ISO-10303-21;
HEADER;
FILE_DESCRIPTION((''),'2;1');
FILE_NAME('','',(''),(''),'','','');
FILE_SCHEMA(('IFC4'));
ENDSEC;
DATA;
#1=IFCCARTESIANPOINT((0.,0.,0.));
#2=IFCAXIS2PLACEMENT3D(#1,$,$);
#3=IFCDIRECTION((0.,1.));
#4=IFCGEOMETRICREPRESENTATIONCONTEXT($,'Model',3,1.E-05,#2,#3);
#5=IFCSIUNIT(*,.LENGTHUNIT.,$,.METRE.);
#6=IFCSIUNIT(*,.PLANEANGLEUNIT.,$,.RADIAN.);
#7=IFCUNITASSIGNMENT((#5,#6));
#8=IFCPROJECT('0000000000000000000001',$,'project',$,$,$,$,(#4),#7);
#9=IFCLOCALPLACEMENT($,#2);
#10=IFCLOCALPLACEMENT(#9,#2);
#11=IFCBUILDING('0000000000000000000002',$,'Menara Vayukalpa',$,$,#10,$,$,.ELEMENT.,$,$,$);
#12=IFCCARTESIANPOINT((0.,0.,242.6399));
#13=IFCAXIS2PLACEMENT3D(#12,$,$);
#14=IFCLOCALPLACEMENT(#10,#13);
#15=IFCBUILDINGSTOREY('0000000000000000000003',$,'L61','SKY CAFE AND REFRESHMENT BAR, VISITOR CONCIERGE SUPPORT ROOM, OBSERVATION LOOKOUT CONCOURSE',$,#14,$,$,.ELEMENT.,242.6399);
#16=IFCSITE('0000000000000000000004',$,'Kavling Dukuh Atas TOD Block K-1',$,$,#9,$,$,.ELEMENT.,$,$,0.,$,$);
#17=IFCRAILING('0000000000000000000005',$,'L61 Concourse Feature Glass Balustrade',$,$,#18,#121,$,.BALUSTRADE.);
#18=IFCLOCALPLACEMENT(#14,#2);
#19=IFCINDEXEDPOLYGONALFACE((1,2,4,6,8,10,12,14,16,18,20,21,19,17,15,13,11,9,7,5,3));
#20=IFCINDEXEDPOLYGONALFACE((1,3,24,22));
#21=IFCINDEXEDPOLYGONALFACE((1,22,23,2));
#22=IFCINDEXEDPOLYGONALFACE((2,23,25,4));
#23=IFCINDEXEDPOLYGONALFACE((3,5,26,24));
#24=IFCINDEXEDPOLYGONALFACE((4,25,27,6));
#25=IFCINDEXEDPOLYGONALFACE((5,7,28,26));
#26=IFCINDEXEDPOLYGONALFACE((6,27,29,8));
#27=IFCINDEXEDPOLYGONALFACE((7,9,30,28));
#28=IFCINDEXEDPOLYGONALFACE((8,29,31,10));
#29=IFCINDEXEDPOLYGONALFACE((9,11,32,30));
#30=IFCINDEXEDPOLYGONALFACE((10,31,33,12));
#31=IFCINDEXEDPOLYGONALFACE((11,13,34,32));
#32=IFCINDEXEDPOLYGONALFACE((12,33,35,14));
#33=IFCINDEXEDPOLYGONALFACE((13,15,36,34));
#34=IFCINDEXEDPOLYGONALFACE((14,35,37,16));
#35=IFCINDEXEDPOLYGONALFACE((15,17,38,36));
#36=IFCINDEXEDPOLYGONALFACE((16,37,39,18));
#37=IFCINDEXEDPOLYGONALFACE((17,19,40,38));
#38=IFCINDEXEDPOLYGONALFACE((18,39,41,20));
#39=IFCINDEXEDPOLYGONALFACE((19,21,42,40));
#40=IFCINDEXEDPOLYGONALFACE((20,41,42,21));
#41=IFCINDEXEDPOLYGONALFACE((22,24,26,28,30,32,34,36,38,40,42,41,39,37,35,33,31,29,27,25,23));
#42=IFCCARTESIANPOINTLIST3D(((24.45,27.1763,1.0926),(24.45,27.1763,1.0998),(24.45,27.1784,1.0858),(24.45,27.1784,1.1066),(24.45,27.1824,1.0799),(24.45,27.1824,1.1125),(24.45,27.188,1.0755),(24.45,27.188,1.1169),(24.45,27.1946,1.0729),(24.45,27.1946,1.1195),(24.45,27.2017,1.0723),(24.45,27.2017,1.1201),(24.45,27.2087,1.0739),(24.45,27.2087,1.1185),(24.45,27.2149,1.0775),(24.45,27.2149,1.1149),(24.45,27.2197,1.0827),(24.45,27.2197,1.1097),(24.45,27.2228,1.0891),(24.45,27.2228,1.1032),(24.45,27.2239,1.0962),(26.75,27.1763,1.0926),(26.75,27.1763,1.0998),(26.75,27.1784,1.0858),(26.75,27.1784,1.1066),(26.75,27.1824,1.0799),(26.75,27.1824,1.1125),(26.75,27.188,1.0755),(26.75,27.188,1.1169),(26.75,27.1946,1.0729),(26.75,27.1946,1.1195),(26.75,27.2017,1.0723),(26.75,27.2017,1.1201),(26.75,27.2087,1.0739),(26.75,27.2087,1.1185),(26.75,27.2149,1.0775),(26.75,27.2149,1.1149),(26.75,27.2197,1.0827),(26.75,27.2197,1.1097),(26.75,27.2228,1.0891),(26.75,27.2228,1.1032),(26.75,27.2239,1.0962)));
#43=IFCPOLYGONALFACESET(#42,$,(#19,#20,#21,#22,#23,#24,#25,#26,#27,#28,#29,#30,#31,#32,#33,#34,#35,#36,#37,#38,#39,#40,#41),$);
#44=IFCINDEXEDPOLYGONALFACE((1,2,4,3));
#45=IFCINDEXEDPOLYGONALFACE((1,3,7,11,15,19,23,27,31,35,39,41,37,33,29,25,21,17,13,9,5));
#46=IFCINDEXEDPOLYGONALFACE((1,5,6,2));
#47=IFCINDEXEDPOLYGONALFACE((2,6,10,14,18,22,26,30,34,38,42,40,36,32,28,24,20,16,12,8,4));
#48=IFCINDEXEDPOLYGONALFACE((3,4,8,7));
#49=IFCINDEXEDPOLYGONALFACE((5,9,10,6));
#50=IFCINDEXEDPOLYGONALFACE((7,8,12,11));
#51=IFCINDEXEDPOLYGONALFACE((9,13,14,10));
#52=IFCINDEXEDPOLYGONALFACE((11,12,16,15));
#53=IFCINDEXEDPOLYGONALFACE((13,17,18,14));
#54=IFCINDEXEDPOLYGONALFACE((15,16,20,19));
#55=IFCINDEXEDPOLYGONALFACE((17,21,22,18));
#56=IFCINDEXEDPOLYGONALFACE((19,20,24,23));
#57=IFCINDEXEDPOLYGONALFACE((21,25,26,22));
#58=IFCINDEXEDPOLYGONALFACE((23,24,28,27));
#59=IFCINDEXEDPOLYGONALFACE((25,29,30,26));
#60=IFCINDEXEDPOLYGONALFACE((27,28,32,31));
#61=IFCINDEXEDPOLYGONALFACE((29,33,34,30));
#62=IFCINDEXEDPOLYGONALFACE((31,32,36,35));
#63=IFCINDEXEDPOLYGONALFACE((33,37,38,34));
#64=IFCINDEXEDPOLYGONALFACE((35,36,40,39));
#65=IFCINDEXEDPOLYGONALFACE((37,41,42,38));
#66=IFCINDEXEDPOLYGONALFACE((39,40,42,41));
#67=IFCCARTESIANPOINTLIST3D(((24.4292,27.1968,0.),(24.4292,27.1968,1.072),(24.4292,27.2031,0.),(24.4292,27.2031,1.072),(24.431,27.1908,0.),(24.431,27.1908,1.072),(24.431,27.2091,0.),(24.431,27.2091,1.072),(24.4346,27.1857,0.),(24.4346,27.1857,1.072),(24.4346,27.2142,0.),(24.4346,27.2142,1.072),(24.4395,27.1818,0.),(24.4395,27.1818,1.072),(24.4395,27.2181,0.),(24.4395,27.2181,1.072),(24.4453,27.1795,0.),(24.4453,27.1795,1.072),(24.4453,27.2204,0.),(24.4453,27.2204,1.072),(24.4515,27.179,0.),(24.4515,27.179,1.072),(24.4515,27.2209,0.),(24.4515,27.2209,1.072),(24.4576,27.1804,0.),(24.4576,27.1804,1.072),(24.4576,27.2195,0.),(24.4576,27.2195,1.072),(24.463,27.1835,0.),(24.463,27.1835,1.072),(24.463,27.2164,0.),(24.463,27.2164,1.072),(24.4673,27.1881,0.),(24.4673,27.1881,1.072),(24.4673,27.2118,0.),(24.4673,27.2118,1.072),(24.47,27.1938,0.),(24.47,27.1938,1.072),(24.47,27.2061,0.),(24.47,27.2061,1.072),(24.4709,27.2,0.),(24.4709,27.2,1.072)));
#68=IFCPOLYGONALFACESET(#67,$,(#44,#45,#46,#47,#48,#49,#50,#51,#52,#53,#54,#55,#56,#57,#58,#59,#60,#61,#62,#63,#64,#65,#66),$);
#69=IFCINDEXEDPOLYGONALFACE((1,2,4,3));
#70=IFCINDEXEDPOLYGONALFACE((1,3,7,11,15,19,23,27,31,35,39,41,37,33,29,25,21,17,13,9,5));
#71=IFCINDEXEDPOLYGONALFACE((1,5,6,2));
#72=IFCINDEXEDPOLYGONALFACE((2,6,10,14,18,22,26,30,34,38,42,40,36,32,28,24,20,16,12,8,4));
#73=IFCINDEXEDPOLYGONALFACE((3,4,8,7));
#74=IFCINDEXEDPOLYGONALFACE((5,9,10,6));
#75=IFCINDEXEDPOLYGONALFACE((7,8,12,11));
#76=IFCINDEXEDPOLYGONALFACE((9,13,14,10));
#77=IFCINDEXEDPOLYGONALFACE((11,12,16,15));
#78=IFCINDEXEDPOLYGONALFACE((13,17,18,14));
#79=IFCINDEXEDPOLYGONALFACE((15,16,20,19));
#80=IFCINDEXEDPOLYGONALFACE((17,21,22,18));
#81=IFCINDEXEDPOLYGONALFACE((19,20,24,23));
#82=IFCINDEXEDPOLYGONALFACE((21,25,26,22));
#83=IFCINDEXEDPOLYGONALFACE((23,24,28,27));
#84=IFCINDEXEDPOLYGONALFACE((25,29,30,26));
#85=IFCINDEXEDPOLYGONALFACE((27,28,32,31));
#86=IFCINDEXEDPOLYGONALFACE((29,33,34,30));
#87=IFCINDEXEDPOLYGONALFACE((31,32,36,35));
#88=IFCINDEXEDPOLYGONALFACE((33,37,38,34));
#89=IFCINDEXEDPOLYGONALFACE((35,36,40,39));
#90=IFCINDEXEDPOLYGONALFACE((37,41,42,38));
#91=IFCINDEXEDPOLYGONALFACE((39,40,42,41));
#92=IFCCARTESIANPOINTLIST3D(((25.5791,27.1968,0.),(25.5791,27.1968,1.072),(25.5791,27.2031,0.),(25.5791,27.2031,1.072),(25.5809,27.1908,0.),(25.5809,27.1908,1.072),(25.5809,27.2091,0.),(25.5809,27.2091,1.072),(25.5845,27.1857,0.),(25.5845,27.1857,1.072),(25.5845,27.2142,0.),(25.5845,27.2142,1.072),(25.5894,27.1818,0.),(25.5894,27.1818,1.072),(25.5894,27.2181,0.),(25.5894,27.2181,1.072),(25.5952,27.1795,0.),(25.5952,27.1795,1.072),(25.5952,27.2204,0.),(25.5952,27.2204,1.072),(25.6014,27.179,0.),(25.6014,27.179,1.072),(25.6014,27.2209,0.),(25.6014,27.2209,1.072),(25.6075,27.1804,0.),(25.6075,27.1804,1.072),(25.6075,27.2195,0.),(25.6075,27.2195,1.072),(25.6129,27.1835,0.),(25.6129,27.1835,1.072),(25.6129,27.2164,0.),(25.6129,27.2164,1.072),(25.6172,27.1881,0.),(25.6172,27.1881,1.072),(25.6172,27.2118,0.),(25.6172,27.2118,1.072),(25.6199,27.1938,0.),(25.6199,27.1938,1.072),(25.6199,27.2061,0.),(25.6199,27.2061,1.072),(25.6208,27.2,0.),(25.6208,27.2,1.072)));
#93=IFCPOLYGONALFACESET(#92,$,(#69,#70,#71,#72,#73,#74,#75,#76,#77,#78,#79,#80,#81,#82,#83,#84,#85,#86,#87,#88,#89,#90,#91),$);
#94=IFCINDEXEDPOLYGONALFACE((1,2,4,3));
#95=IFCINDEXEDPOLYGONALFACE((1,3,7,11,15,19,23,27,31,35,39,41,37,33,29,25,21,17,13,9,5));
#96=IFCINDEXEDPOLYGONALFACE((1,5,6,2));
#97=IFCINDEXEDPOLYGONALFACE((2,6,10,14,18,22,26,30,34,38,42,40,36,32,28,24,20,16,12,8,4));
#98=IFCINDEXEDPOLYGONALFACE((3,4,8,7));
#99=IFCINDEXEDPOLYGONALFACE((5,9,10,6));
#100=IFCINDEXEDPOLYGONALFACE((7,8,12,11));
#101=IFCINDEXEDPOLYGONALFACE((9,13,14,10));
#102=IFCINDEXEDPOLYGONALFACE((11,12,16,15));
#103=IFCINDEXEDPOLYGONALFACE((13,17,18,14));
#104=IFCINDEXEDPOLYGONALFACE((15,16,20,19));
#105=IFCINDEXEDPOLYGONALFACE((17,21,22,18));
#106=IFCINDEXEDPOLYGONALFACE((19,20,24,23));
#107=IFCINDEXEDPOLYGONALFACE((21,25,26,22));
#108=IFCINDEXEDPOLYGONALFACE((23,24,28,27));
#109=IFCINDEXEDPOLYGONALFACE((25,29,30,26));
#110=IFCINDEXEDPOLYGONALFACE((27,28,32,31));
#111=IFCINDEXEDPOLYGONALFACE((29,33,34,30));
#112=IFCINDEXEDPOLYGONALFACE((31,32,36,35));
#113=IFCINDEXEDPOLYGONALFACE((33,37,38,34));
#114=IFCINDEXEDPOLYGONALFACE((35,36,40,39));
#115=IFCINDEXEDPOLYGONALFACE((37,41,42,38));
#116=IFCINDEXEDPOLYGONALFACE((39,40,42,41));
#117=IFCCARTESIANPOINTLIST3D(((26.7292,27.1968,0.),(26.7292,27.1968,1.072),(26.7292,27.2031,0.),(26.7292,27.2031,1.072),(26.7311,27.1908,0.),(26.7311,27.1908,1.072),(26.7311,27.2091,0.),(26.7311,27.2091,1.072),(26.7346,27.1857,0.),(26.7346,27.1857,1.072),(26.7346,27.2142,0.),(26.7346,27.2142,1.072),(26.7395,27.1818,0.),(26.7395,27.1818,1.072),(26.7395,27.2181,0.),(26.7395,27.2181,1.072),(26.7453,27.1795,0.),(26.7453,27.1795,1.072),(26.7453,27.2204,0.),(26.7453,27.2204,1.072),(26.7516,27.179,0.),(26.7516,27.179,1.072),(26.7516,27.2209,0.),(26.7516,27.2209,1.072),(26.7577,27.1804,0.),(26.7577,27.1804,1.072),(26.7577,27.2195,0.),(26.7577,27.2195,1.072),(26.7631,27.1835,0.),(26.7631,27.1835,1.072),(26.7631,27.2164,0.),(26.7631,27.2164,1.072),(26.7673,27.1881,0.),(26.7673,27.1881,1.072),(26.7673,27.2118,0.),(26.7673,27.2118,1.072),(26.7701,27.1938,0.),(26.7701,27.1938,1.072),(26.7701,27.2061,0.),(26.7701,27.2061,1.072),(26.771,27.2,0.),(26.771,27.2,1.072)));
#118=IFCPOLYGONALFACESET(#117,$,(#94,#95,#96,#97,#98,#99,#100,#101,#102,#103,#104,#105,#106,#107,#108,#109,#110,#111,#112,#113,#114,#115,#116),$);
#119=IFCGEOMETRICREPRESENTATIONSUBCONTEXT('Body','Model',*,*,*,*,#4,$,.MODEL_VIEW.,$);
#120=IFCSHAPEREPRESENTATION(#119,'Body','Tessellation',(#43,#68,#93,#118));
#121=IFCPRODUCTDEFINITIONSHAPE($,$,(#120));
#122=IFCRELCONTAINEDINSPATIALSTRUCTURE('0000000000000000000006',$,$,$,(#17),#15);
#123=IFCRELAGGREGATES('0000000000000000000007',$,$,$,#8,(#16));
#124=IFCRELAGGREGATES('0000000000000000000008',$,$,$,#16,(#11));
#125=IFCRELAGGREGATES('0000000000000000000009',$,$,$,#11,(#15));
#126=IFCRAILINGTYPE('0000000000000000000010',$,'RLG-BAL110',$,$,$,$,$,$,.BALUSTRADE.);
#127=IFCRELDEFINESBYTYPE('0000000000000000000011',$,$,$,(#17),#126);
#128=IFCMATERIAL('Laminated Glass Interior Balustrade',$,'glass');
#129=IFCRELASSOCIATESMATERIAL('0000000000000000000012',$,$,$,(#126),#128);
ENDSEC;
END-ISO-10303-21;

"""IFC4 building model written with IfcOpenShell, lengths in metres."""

from ifc_helpers import new_model, si_unit, direction, frame, origin, origin_2d, place, context, subcontext, project, spatial, circle, extrude, material, type_object, element, save


model = new_model("IFC4")

# Units and contexts
model_context = context("Model", 3, precision=1e-05, world=origin(), true_north=direction((0.0, 1.0)))
body_context = subcontext(model_context, "Body", "Model", "MODEL_VIEW")
ifc_project = project(units=[si_unit("LENGTHUNIT", "METRE"), si_unit("PLANEANGLEUNIT", "RADIAN")], contexts=[model_context])

# Site, building, storey
site_placement = place(None, origin())
site = spatial("IfcSite", under=ifc_project, at=site_placement, Name="Kavling Dukuh Atas TOD Block K-1", CompositionType="ELEMENT", RefElevation=0.0)
building_placement = place(site_placement, origin())
building = spatial("IfcBuilding", under=site, at=building_placement, Name="Menara Vayukalpa", CompositionType="ELEMENT")
storey_placement = place(building_placement, frame((0.0, 0.0, 242.6399)))
storey = spatial("IfcBuildingStorey", under=building, at=storey_placement, Name="L61", Description="SKY CAFE AND REFRESHMENT BAR, VISITOR CONCIERGE SUPPORT ROOM, OBSERVATION LOOKOUT CONCOURSE", CompositionType="ELEMENT", Elevation=242.6399)

# Railing
ifc_material_1 = material(Name="Laminated Glass Interior Balustrade", Category="glass")
railing_type = type_object("IfcRailingType", Name="RLG-BAL110", PredefinedType="BALUSTRADE", material=ifc_material_1)
railing_placement = place(storey_placement, frame((24.45, 27.2, 0.0)))
element("IfcRailing", 1, at=railing_placement, inside=storey, type_object=railing_type, Name="L61 Concourse Feature Glass Balustrade", PredefinedType="BALUSTRADE", context=body_context, shape_type="SweptSolid", body=[
    extrude(circle(Radius=0.0239, at=origin_2d()), frame((0.0, 0.0, 1.0962), z_axis=(1.0, 0.0, 0.0), x_axis=(0.0, 1.0, 0.0)), (0.0, 0.0, 1.0), 2.3),
    extrude(circle(Radius=0.021, at=origin_2d()), origin(), (0.0, 0.0, 1.0), 1.072),
    extrude(circle(Radius=0.021, at=origin_2d()), frame((1.1499, 0.0, 0.0)), (0.0, 0.0, 1.0), 1.072),
    extrude(circle(Radius=0.021, at=origin_2d()), frame((2.3, 0.0, 0.0)), (0.0, 0.0, 1.0), 1.072),
])

save(model, "model.ifc")
